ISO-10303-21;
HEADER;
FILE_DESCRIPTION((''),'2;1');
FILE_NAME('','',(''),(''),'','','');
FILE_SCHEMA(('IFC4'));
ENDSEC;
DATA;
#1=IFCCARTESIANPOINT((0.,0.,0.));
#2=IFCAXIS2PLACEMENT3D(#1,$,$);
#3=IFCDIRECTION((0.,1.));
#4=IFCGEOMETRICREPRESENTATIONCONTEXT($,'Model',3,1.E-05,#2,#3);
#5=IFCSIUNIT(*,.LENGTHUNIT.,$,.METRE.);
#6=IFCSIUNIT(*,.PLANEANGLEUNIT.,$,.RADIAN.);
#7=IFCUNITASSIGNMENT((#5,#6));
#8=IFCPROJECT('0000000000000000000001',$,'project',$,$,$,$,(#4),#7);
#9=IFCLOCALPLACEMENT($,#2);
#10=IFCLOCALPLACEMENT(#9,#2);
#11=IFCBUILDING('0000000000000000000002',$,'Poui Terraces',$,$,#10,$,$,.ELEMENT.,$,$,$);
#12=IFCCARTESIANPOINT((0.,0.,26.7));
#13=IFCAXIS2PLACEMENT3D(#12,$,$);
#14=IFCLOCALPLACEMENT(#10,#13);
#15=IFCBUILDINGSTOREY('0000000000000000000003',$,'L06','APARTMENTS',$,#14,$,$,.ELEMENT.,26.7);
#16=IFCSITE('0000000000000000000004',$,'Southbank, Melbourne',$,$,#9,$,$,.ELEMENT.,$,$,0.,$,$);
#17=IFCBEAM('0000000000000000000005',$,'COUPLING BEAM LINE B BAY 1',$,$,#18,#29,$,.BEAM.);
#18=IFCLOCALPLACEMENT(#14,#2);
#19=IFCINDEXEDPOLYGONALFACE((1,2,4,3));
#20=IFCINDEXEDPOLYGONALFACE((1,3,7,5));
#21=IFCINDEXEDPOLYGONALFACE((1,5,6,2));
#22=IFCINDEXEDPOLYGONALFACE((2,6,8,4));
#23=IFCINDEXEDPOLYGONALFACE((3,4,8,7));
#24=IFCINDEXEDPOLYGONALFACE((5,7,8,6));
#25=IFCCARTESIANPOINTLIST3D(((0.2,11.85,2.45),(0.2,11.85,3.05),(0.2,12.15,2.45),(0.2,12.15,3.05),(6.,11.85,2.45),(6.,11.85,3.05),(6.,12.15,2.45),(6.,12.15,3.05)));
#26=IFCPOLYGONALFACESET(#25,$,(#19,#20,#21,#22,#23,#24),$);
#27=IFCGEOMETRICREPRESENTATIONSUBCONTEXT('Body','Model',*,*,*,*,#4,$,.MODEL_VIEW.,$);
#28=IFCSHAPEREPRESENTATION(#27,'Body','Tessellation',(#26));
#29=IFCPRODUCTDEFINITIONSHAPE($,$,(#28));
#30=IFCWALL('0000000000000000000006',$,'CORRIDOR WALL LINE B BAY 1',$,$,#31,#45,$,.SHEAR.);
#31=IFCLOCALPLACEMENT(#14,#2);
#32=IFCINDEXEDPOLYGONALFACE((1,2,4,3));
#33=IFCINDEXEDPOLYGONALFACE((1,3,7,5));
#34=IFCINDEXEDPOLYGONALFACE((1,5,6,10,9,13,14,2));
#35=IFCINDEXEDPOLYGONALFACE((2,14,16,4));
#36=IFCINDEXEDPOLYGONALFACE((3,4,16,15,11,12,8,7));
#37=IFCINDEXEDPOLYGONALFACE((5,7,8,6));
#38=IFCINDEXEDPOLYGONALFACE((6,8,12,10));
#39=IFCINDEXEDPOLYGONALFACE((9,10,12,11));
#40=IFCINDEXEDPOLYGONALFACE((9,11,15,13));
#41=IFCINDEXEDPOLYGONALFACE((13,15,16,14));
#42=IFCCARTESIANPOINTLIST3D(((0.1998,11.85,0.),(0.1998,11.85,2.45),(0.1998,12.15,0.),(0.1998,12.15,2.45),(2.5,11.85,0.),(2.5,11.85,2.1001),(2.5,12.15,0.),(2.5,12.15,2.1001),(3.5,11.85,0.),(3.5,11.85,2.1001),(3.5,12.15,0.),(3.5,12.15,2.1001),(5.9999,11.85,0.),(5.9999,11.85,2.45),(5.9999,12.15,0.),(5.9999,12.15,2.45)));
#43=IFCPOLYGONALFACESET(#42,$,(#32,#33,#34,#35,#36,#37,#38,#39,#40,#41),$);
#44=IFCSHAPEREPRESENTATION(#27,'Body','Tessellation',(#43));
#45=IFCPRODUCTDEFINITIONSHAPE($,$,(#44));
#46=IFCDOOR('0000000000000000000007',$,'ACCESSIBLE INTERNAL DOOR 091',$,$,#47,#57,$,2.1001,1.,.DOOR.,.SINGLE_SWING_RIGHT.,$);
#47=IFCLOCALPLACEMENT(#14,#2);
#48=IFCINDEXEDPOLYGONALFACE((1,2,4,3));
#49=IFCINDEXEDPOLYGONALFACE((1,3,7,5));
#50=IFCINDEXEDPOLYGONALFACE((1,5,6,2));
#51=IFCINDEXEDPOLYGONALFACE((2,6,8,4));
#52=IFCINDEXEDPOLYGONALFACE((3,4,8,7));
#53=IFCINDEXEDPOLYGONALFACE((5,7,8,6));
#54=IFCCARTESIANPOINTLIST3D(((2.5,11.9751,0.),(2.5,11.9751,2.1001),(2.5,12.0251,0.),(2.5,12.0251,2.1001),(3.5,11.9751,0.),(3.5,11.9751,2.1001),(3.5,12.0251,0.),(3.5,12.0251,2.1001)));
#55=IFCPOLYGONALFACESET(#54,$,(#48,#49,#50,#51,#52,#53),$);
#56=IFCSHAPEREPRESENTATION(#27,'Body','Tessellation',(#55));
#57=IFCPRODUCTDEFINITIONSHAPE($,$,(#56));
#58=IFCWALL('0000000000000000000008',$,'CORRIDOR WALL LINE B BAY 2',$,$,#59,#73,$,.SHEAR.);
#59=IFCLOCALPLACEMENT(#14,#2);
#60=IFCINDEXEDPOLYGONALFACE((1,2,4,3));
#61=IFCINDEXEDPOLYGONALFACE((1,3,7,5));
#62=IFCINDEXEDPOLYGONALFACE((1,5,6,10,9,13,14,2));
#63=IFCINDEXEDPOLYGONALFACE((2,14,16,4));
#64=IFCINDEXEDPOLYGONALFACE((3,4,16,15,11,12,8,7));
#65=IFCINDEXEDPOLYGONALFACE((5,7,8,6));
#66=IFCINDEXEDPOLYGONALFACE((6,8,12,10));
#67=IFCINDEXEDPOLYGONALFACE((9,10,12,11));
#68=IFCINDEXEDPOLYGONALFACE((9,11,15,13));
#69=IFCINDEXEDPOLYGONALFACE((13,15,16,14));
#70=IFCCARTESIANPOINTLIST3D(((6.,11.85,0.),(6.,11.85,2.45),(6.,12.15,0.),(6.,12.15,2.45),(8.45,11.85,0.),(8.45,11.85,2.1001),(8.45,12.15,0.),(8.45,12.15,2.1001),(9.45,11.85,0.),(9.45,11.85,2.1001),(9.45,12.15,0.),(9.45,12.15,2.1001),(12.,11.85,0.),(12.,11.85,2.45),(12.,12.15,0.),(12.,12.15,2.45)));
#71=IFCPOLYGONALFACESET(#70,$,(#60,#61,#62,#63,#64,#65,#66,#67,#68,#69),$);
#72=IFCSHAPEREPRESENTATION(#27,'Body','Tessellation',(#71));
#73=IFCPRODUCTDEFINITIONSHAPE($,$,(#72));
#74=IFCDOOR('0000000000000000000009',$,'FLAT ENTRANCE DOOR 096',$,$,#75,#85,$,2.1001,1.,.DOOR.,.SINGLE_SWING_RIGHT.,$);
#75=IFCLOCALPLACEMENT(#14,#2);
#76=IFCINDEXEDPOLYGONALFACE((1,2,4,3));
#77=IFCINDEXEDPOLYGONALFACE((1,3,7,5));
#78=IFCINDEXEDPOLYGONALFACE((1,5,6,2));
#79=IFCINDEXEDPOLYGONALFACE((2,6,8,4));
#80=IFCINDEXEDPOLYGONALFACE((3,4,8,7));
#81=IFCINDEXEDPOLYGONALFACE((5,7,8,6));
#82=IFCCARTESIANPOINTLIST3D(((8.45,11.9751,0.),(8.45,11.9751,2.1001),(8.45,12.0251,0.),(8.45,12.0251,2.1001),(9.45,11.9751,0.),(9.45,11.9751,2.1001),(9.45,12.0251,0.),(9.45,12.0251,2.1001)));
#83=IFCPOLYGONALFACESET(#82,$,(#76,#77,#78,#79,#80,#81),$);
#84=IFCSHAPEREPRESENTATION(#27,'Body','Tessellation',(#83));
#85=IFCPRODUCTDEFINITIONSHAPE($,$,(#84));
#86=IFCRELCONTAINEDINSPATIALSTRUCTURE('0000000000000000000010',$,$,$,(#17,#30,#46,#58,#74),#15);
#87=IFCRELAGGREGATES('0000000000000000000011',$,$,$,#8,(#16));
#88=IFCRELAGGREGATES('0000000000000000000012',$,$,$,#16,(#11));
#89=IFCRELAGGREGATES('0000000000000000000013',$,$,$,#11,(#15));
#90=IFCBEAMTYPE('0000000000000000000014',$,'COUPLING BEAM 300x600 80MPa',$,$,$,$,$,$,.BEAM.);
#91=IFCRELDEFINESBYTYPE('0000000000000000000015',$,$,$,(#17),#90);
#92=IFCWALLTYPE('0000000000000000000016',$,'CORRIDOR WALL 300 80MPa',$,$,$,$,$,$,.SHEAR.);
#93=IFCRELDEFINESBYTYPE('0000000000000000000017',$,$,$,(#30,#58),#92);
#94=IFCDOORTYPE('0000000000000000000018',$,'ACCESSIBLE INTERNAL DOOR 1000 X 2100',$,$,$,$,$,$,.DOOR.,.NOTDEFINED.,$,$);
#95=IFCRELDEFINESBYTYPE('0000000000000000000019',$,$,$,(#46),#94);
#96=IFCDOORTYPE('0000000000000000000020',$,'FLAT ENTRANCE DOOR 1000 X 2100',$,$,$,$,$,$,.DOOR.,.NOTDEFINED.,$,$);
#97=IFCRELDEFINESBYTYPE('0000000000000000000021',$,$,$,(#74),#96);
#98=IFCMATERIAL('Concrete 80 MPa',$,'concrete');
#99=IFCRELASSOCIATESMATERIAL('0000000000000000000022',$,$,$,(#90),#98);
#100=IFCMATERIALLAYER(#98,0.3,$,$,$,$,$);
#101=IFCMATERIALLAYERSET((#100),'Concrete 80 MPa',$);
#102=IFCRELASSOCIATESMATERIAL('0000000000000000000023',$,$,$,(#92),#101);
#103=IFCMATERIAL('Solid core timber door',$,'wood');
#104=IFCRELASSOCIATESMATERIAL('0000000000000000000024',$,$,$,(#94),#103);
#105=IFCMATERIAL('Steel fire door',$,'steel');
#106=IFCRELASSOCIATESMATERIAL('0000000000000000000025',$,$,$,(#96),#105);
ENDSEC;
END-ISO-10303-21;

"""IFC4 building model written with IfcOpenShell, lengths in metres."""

from ifc_helpers import new_model, si_unit, direction, frame, frame_2d, origin, origin_2d, place, context, subcontext, project, spatial, rectangle, extrude, source, transform, mapped, material, layer, layer_set, material_profile, profile_set, type_object, element, fill, save


model = new_model("IFC4")

# Units and contexts
model_context = context("Model", 3, precision=1e-05, world=origin(), true_north=direction((0.0, 1.0)))
body_context = subcontext(model_context, "Body", "Model", "MODEL_VIEW")
ifc_project = project(units=[si_unit("LENGTHUNIT", "METRE"), si_unit("PLANEANGLEUNIT", "RADIAN")], contexts=[model_context])

# Site, building, storey
site_placement = place(None, origin())
site = spatial("IfcSite", under=ifc_project, at=site_placement, Name="Southbank, Melbourne", CompositionType="ELEMENT", RefElevation=0.0)
building_placement = place(site_placement, origin())
building = spatial("IfcBuilding", under=site, at=building_placement, Name="Poui Terraces", CompositionType="ELEMENT")
storey_placement = place(building_placement, frame((0.0, 0.0, 26.7)))
storey = spatial("IfcBuildingStorey", under=building, at=storey_placement, Name="L06", Description="APARTMENTS", CompositionType="ELEMENT", Elevation=26.7)

# Beam
ifc_material_1 = material(Name="Concrete 80 MPa", Category="concrete")
ifc_material_profile = material_profile(ifc_material_1, rectangle(XDim=0.3, YDim=0.6001, at=origin_2d()), Name="RC 300x600")
ifc_profile_set = profile_set([ifc_material_profile], Name="Concrete 80 MPa")
beam_type = type_object("IfcBeamType", Name="COUPLING BEAM 300x600 80MPa", PredefinedType="BEAM", material=ifc_profile_set)
shared_shape = source(origin(), body_context, "Body", "SweptSolid", [
    extrude(rectangle(XDim=0.3, YDim=0.6001, at=origin_2d()), origin(), (0.0, 0.0, 1.0), 5.8),
])
beam_placement = place(storey_placement, frame((0.2, 12.0, 2.75), z_axis=(1.0, 0.0, 0.0), x_axis=(0.0, 1.0, 0.0)))
element("IfcBeam", 1, at=beam_placement, inside=storey, type_object=beam_type, Name="COUPLING BEAM LINE B BAY 1", PredefinedType="BEAM", context=body_context, shape_type="MappedRepresentation", body=[
    mapped(shared_shape, transform((0.0, 0.0, 0.0))),
])

# Walls, openings, doors
ifc_layer_1 = layer(ifc_material_1, 0.3)
ifc_layer_set_1 = layer_set([ifc_layer_1], Name="Concrete 80 MPa")
wall_type_1 = type_object("IfcWallType", Name="CORRIDOR WALL 300 80MPa", PredefinedType="SHEAR", material=ifc_layer_set_1)
wall_1_placement = place(storey_placement, frame((0.2, 12.0, 0.0), z_axis=(0.0, 0.0, 1.0), x_axis=(1.0, 0.0, 0.0)))
wall_1 = element("IfcWall", 2, at=wall_1_placement, inside=storey, type_object=wall_type_1, Name="CORRIDOR WALL LINE B BAY 1", PredefinedType="SHEAR", context=body_context, shape_type="SweptSolid", body=[
    extrude(rectangle(XDim=5.8, YDim=0.3, at=frame_2d((2.8999, 0.0))), origin(), (0.0, 0.0, 1.0), 2.45),
])
opening_1_placement = place(wall_1_placement, frame((2.3, 0.0, 0.0)))
opening_1 = element("IfcOpeningElement", 3, at=opening_1_placement, cuts=wall_1, PredefinedType="OPENING", context=body_context, shape_type="SweptSolid", body=[
    extrude(rectangle(XDim=1.0, YDim=2.1001, at=frame_2d((0.5, 1.05))), frame((0.0, 0.1602, 0.0), z_axis=(0.0, -1.0, 0.0), x_axis=(1.0, 0.0, 0.0)), (0.0, 0.0, 1.0), 0.3201),
])
ifc_material_2 = material(Name="Solid core timber door", Category="wood")
door_type_1 = type_object("IfcDoorType", Name="ACCESSIBLE INTERNAL DOOR 1000 X 2100", OperationType="NOTDEFINED", PredefinedType="DOOR", material=ifc_material_2)
door_1_placement = place(opening_1_placement, frame((1.0, 0.0, 0.0), z_axis=(0.0, 0.0, 1.0), x_axis=(-1.0, 0.0, 0.0)))
door_1 = element("IfcDoor", 4, at=door_1_placement, inside=storey, type_object=door_type_1, Name="ACCESSIBLE INTERNAL DOOR 091", OperationType="SINGLE_SWING_RIGHT", OverallHeight=2.1001, OverallWidth=1.0, PredefinedType="DOOR", context=body_context, shape_type="SweptSolid", body=[
    extrude(rectangle(XDim=1.0, YDim=2.1001, at=frame_2d((0.5, 1.05))), frame((0.0, 0.0249, 0.0), z_axis=(0.0, -1.0, 0.0), x_axis=(1.0, 0.0, 0.0)), (0.0, 0.0, 1.0), 0.05),
])
fill(opening_1, door_1)
wall_2_placement = place(storey_placement, frame((6.0, 12.0, 0.0), z_axis=(0.0, 0.0, 1.0), x_axis=(1.0, 0.0, 0.0)))
wall_2 = element("IfcWall", 5, at=wall_2_placement, inside=storey, type_object=wall_type_1, Name="CORRIDOR WALL LINE B BAY 2", PredefinedType="SHEAR", context=body_context, shape_type="SweptSolid", body=[
    extrude(rectangle(XDim=6.0, YDim=0.3, at=frame_2d((3.0, 0.0))), origin(), (0.0, 0.0, 1.0), 2.45),
])
opening_2_placement = place(wall_2_placement, frame((2.45, 0.0, 0.0)))
opening_2 = element("IfcOpeningElement", 6, at=opening_2_placement, cuts=wall_2, PredefinedType="OPENING", context=body_context, shape_type="SweptSolid", body=[
    extrude(rectangle(XDim=1.0, YDim=2.1001, at=frame_2d((0.5, 1.05))), frame((0.0, 0.1602, 0.0), z_axis=(0.0, -1.0, 0.0), x_axis=(1.0, 0.0, 0.0)), (0.0, 0.0, 1.0), 0.3201),
])
ifc_material_3 = material(Name="Steel fire door", Category="steel")
door_type_2 = type_object("IfcDoorType", Name="FLAT ENTRANCE DOOR 1000 X 2100", OperationType="NOTDEFINED", PredefinedType="DOOR", material=ifc_material_3)
door_2_placement = place(opening_2_placement, frame((1.0, 0.0, 0.0), z_axis=(0.0, 0.0, 1.0), x_axis=(-1.0, 0.0, 0.0)))
door_2 = element("IfcDoor", 7, at=door_2_placement, inside=storey, type_object=door_type_2, Name="FLAT ENTRANCE DOOR 096", OperationType="SINGLE_SWING_RIGHT", OverallHeight=2.1001, OverallWidth=1.0, PredefinedType="DOOR", context=body_context, shape_type="SweptSolid", body=[
    extrude(rectangle(XDim=1.0, YDim=2.1001, at=frame_2d((0.5, 1.05))), frame((0.0, 0.0249, 0.0), z_axis=(0.0, -1.0, 0.0), x_axis=(1.0, 0.0, 0.0)), (0.0, 0.0, 1.0), 0.05),
])
fill(opening_2, door_2)

save(model, "model.ifc")
